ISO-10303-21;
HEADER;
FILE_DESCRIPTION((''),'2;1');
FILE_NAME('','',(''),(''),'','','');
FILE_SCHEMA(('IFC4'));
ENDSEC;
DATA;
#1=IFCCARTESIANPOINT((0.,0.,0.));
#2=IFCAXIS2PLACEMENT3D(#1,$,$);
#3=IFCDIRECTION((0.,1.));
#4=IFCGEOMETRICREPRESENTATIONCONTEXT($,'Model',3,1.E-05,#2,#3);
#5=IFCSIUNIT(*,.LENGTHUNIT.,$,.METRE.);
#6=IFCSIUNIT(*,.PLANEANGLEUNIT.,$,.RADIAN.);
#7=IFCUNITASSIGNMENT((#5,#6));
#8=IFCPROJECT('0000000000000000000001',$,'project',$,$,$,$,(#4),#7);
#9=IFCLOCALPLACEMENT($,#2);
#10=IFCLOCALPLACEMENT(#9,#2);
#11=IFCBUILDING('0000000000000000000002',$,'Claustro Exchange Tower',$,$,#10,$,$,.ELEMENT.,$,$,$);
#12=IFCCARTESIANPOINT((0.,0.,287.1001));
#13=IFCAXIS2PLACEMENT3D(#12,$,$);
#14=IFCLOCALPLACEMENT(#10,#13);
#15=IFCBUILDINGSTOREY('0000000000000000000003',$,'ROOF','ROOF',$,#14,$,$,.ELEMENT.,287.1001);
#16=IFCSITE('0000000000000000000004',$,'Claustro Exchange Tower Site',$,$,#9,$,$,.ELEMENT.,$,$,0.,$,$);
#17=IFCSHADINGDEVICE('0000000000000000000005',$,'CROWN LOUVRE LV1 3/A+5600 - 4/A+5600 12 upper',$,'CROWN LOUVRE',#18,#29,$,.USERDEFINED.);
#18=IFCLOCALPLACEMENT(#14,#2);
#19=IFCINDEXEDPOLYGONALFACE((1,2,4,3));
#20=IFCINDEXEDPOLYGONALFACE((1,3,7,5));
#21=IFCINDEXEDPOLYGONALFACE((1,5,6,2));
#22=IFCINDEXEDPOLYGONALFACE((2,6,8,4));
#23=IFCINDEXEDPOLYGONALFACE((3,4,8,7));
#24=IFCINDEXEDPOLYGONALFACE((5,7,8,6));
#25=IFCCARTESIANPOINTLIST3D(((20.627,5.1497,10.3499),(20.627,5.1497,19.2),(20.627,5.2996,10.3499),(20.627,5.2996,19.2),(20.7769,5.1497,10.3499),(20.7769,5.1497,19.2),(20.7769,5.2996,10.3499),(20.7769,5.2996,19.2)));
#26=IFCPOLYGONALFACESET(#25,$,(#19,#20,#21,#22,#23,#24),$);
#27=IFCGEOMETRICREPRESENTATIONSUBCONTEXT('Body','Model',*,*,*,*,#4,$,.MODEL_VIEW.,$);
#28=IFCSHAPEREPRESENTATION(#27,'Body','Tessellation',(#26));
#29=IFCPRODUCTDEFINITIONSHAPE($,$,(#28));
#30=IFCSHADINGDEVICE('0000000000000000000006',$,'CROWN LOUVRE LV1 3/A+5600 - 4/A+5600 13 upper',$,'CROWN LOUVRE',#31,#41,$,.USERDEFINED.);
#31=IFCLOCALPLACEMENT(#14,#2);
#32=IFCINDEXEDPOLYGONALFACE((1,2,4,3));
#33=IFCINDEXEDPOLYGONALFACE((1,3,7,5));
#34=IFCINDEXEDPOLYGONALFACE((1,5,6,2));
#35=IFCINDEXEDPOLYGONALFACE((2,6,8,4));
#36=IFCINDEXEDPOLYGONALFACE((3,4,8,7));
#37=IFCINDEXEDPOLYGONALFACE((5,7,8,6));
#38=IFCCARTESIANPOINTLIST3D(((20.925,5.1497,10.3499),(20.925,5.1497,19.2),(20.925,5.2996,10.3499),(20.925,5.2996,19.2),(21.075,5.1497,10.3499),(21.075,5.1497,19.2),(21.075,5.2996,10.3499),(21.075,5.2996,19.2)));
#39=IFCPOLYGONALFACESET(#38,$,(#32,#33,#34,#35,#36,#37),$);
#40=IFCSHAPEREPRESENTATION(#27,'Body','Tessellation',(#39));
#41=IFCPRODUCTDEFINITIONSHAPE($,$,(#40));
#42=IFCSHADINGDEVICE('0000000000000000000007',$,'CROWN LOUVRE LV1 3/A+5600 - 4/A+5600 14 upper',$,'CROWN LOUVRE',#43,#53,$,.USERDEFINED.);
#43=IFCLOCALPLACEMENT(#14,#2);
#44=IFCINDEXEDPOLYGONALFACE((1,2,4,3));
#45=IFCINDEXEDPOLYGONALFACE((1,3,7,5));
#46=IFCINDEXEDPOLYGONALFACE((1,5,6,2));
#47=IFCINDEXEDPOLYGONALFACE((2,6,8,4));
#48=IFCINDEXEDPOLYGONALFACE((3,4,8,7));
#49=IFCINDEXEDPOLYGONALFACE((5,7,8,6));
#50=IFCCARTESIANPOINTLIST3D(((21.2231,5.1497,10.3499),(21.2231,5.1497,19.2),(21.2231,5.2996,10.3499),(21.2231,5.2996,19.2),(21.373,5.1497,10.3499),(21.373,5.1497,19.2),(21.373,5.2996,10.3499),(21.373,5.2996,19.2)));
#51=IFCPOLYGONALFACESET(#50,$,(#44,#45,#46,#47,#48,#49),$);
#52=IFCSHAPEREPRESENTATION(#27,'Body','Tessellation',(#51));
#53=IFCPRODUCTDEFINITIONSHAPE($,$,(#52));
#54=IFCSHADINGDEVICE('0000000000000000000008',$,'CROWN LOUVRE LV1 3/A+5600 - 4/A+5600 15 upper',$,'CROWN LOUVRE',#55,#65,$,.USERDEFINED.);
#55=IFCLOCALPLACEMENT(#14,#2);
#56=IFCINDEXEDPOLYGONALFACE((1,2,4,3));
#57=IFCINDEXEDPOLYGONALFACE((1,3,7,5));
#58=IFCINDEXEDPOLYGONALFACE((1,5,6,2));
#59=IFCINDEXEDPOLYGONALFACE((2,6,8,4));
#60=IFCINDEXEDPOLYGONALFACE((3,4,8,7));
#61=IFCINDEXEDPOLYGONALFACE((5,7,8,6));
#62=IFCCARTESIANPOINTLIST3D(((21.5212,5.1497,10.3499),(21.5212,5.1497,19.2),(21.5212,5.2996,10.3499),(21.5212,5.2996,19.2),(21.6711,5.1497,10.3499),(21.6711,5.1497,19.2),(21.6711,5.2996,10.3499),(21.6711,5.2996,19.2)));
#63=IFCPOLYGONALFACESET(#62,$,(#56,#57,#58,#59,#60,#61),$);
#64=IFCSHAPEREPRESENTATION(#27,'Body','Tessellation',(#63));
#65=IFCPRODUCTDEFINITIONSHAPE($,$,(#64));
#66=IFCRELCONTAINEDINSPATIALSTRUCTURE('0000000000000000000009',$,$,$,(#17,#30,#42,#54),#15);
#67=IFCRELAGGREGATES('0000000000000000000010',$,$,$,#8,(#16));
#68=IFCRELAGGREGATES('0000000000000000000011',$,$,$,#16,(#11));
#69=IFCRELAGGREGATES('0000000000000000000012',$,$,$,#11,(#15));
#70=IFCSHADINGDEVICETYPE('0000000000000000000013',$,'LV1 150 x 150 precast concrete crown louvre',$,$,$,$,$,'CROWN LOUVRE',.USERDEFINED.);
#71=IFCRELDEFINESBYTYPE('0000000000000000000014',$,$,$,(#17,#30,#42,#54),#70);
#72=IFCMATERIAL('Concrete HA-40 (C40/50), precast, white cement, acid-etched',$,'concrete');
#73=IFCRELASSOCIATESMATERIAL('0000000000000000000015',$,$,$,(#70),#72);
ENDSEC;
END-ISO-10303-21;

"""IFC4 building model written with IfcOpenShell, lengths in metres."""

from ifc_helpers import new_model, si_unit, direction, frame, origin, origin_2d, place, context, subcontext, project, spatial, rectangle, extrude, material, type_object, element, save


model = new_model("IFC4")

# Units and contexts
model_context = context("Model", 3, precision=1e-05, world=origin(), true_north=direction((0.0, 1.0)))
body_context = subcontext(model_context, "Body", "Model", "MODEL_VIEW")
ifc_project = project(units=[si_unit("LENGTHUNIT", "METRE"), si_unit("PLANEANGLEUNIT", "RADIAN")], contexts=[model_context])

# Site, building, storey
site_placement = place(None, origin())
site = spatial("IfcSite", under=ifc_project, at=site_placement, Name="Claustro Exchange Tower Site", CompositionType="ELEMENT", RefElevation=0.0)
building_placement = place(site_placement, origin())
building = spatial("IfcBuilding", under=site, at=building_placement, Name="Claustro Exchange Tower", CompositionType="ELEMENT")
storey_placement = place(building_placement, frame((0.0, 0.0, 287.1001)))
storey = spatial("IfcBuildingStorey", under=building, at=storey_placement, Name="ROOF", Description="ROOF", CompositionType="ELEMENT", Elevation=287.1001)

# Shading devices
ifc_material_1 = material(Name="Concrete HA-40 (C40/50), precast, white cement, acid-etched", Category="concrete")
shading_device_type = type_object("IfcShadingDeviceType", Name="LV1 150 x 150 precast concrete crown louvre", ElementType="CROWN LOUVRE", PredefinedType="USERDEFINED", material=ifc_material_1)
for number, where, z_axis, x_axis, name in (
    (1, (20.7019, 5.2246, 10.3499), (0.0, 0.0, 1.0), (1.0, 0.0, 0.0), "CROWN LOUVRE LV1 3/A+5600 - 4/A+5600 12 upper"),
    (2, (21.0, 5.2246, 10.3499), (0.0, 0.0, 1.0), (1.0, 0.0, 0.0), "CROWN LOUVRE LV1 3/A+5600 - 4/A+5600 13 upper"),
    (3, (21.2981, 5.2246, 10.3499), (0.0, 0.0, 1.0), (1.0, 0.0, 0.0), "CROWN LOUVRE LV1 3/A+5600 - 4/A+5600 14 upper"),
    (4, (21.5962, 5.2246, 10.3499), (0.0, 0.0, 1.0), (1.0, 0.0, 0.0), "CROWN LOUVRE LV1 3/A+5600 - 4/A+5600 15 upper"),
):
    element("IfcShadingDevice", number, at=place(storey_placement, frame(where, z_axis=z_axis, x_axis=x_axis)), inside=storey, type_object=shading_device_type, Name=name, ObjectType="CROWN LOUVRE", PredefinedType="USERDEFINED", context=body_context, shape_type="SweptSolid", body=[
        extrude(rectangle(XDim=0.1499, YDim=0.1499, at=origin_2d()), origin(), (0.0, 0.0, 1.0), 8.8501),
    ])

save(model, "model.ifc")
